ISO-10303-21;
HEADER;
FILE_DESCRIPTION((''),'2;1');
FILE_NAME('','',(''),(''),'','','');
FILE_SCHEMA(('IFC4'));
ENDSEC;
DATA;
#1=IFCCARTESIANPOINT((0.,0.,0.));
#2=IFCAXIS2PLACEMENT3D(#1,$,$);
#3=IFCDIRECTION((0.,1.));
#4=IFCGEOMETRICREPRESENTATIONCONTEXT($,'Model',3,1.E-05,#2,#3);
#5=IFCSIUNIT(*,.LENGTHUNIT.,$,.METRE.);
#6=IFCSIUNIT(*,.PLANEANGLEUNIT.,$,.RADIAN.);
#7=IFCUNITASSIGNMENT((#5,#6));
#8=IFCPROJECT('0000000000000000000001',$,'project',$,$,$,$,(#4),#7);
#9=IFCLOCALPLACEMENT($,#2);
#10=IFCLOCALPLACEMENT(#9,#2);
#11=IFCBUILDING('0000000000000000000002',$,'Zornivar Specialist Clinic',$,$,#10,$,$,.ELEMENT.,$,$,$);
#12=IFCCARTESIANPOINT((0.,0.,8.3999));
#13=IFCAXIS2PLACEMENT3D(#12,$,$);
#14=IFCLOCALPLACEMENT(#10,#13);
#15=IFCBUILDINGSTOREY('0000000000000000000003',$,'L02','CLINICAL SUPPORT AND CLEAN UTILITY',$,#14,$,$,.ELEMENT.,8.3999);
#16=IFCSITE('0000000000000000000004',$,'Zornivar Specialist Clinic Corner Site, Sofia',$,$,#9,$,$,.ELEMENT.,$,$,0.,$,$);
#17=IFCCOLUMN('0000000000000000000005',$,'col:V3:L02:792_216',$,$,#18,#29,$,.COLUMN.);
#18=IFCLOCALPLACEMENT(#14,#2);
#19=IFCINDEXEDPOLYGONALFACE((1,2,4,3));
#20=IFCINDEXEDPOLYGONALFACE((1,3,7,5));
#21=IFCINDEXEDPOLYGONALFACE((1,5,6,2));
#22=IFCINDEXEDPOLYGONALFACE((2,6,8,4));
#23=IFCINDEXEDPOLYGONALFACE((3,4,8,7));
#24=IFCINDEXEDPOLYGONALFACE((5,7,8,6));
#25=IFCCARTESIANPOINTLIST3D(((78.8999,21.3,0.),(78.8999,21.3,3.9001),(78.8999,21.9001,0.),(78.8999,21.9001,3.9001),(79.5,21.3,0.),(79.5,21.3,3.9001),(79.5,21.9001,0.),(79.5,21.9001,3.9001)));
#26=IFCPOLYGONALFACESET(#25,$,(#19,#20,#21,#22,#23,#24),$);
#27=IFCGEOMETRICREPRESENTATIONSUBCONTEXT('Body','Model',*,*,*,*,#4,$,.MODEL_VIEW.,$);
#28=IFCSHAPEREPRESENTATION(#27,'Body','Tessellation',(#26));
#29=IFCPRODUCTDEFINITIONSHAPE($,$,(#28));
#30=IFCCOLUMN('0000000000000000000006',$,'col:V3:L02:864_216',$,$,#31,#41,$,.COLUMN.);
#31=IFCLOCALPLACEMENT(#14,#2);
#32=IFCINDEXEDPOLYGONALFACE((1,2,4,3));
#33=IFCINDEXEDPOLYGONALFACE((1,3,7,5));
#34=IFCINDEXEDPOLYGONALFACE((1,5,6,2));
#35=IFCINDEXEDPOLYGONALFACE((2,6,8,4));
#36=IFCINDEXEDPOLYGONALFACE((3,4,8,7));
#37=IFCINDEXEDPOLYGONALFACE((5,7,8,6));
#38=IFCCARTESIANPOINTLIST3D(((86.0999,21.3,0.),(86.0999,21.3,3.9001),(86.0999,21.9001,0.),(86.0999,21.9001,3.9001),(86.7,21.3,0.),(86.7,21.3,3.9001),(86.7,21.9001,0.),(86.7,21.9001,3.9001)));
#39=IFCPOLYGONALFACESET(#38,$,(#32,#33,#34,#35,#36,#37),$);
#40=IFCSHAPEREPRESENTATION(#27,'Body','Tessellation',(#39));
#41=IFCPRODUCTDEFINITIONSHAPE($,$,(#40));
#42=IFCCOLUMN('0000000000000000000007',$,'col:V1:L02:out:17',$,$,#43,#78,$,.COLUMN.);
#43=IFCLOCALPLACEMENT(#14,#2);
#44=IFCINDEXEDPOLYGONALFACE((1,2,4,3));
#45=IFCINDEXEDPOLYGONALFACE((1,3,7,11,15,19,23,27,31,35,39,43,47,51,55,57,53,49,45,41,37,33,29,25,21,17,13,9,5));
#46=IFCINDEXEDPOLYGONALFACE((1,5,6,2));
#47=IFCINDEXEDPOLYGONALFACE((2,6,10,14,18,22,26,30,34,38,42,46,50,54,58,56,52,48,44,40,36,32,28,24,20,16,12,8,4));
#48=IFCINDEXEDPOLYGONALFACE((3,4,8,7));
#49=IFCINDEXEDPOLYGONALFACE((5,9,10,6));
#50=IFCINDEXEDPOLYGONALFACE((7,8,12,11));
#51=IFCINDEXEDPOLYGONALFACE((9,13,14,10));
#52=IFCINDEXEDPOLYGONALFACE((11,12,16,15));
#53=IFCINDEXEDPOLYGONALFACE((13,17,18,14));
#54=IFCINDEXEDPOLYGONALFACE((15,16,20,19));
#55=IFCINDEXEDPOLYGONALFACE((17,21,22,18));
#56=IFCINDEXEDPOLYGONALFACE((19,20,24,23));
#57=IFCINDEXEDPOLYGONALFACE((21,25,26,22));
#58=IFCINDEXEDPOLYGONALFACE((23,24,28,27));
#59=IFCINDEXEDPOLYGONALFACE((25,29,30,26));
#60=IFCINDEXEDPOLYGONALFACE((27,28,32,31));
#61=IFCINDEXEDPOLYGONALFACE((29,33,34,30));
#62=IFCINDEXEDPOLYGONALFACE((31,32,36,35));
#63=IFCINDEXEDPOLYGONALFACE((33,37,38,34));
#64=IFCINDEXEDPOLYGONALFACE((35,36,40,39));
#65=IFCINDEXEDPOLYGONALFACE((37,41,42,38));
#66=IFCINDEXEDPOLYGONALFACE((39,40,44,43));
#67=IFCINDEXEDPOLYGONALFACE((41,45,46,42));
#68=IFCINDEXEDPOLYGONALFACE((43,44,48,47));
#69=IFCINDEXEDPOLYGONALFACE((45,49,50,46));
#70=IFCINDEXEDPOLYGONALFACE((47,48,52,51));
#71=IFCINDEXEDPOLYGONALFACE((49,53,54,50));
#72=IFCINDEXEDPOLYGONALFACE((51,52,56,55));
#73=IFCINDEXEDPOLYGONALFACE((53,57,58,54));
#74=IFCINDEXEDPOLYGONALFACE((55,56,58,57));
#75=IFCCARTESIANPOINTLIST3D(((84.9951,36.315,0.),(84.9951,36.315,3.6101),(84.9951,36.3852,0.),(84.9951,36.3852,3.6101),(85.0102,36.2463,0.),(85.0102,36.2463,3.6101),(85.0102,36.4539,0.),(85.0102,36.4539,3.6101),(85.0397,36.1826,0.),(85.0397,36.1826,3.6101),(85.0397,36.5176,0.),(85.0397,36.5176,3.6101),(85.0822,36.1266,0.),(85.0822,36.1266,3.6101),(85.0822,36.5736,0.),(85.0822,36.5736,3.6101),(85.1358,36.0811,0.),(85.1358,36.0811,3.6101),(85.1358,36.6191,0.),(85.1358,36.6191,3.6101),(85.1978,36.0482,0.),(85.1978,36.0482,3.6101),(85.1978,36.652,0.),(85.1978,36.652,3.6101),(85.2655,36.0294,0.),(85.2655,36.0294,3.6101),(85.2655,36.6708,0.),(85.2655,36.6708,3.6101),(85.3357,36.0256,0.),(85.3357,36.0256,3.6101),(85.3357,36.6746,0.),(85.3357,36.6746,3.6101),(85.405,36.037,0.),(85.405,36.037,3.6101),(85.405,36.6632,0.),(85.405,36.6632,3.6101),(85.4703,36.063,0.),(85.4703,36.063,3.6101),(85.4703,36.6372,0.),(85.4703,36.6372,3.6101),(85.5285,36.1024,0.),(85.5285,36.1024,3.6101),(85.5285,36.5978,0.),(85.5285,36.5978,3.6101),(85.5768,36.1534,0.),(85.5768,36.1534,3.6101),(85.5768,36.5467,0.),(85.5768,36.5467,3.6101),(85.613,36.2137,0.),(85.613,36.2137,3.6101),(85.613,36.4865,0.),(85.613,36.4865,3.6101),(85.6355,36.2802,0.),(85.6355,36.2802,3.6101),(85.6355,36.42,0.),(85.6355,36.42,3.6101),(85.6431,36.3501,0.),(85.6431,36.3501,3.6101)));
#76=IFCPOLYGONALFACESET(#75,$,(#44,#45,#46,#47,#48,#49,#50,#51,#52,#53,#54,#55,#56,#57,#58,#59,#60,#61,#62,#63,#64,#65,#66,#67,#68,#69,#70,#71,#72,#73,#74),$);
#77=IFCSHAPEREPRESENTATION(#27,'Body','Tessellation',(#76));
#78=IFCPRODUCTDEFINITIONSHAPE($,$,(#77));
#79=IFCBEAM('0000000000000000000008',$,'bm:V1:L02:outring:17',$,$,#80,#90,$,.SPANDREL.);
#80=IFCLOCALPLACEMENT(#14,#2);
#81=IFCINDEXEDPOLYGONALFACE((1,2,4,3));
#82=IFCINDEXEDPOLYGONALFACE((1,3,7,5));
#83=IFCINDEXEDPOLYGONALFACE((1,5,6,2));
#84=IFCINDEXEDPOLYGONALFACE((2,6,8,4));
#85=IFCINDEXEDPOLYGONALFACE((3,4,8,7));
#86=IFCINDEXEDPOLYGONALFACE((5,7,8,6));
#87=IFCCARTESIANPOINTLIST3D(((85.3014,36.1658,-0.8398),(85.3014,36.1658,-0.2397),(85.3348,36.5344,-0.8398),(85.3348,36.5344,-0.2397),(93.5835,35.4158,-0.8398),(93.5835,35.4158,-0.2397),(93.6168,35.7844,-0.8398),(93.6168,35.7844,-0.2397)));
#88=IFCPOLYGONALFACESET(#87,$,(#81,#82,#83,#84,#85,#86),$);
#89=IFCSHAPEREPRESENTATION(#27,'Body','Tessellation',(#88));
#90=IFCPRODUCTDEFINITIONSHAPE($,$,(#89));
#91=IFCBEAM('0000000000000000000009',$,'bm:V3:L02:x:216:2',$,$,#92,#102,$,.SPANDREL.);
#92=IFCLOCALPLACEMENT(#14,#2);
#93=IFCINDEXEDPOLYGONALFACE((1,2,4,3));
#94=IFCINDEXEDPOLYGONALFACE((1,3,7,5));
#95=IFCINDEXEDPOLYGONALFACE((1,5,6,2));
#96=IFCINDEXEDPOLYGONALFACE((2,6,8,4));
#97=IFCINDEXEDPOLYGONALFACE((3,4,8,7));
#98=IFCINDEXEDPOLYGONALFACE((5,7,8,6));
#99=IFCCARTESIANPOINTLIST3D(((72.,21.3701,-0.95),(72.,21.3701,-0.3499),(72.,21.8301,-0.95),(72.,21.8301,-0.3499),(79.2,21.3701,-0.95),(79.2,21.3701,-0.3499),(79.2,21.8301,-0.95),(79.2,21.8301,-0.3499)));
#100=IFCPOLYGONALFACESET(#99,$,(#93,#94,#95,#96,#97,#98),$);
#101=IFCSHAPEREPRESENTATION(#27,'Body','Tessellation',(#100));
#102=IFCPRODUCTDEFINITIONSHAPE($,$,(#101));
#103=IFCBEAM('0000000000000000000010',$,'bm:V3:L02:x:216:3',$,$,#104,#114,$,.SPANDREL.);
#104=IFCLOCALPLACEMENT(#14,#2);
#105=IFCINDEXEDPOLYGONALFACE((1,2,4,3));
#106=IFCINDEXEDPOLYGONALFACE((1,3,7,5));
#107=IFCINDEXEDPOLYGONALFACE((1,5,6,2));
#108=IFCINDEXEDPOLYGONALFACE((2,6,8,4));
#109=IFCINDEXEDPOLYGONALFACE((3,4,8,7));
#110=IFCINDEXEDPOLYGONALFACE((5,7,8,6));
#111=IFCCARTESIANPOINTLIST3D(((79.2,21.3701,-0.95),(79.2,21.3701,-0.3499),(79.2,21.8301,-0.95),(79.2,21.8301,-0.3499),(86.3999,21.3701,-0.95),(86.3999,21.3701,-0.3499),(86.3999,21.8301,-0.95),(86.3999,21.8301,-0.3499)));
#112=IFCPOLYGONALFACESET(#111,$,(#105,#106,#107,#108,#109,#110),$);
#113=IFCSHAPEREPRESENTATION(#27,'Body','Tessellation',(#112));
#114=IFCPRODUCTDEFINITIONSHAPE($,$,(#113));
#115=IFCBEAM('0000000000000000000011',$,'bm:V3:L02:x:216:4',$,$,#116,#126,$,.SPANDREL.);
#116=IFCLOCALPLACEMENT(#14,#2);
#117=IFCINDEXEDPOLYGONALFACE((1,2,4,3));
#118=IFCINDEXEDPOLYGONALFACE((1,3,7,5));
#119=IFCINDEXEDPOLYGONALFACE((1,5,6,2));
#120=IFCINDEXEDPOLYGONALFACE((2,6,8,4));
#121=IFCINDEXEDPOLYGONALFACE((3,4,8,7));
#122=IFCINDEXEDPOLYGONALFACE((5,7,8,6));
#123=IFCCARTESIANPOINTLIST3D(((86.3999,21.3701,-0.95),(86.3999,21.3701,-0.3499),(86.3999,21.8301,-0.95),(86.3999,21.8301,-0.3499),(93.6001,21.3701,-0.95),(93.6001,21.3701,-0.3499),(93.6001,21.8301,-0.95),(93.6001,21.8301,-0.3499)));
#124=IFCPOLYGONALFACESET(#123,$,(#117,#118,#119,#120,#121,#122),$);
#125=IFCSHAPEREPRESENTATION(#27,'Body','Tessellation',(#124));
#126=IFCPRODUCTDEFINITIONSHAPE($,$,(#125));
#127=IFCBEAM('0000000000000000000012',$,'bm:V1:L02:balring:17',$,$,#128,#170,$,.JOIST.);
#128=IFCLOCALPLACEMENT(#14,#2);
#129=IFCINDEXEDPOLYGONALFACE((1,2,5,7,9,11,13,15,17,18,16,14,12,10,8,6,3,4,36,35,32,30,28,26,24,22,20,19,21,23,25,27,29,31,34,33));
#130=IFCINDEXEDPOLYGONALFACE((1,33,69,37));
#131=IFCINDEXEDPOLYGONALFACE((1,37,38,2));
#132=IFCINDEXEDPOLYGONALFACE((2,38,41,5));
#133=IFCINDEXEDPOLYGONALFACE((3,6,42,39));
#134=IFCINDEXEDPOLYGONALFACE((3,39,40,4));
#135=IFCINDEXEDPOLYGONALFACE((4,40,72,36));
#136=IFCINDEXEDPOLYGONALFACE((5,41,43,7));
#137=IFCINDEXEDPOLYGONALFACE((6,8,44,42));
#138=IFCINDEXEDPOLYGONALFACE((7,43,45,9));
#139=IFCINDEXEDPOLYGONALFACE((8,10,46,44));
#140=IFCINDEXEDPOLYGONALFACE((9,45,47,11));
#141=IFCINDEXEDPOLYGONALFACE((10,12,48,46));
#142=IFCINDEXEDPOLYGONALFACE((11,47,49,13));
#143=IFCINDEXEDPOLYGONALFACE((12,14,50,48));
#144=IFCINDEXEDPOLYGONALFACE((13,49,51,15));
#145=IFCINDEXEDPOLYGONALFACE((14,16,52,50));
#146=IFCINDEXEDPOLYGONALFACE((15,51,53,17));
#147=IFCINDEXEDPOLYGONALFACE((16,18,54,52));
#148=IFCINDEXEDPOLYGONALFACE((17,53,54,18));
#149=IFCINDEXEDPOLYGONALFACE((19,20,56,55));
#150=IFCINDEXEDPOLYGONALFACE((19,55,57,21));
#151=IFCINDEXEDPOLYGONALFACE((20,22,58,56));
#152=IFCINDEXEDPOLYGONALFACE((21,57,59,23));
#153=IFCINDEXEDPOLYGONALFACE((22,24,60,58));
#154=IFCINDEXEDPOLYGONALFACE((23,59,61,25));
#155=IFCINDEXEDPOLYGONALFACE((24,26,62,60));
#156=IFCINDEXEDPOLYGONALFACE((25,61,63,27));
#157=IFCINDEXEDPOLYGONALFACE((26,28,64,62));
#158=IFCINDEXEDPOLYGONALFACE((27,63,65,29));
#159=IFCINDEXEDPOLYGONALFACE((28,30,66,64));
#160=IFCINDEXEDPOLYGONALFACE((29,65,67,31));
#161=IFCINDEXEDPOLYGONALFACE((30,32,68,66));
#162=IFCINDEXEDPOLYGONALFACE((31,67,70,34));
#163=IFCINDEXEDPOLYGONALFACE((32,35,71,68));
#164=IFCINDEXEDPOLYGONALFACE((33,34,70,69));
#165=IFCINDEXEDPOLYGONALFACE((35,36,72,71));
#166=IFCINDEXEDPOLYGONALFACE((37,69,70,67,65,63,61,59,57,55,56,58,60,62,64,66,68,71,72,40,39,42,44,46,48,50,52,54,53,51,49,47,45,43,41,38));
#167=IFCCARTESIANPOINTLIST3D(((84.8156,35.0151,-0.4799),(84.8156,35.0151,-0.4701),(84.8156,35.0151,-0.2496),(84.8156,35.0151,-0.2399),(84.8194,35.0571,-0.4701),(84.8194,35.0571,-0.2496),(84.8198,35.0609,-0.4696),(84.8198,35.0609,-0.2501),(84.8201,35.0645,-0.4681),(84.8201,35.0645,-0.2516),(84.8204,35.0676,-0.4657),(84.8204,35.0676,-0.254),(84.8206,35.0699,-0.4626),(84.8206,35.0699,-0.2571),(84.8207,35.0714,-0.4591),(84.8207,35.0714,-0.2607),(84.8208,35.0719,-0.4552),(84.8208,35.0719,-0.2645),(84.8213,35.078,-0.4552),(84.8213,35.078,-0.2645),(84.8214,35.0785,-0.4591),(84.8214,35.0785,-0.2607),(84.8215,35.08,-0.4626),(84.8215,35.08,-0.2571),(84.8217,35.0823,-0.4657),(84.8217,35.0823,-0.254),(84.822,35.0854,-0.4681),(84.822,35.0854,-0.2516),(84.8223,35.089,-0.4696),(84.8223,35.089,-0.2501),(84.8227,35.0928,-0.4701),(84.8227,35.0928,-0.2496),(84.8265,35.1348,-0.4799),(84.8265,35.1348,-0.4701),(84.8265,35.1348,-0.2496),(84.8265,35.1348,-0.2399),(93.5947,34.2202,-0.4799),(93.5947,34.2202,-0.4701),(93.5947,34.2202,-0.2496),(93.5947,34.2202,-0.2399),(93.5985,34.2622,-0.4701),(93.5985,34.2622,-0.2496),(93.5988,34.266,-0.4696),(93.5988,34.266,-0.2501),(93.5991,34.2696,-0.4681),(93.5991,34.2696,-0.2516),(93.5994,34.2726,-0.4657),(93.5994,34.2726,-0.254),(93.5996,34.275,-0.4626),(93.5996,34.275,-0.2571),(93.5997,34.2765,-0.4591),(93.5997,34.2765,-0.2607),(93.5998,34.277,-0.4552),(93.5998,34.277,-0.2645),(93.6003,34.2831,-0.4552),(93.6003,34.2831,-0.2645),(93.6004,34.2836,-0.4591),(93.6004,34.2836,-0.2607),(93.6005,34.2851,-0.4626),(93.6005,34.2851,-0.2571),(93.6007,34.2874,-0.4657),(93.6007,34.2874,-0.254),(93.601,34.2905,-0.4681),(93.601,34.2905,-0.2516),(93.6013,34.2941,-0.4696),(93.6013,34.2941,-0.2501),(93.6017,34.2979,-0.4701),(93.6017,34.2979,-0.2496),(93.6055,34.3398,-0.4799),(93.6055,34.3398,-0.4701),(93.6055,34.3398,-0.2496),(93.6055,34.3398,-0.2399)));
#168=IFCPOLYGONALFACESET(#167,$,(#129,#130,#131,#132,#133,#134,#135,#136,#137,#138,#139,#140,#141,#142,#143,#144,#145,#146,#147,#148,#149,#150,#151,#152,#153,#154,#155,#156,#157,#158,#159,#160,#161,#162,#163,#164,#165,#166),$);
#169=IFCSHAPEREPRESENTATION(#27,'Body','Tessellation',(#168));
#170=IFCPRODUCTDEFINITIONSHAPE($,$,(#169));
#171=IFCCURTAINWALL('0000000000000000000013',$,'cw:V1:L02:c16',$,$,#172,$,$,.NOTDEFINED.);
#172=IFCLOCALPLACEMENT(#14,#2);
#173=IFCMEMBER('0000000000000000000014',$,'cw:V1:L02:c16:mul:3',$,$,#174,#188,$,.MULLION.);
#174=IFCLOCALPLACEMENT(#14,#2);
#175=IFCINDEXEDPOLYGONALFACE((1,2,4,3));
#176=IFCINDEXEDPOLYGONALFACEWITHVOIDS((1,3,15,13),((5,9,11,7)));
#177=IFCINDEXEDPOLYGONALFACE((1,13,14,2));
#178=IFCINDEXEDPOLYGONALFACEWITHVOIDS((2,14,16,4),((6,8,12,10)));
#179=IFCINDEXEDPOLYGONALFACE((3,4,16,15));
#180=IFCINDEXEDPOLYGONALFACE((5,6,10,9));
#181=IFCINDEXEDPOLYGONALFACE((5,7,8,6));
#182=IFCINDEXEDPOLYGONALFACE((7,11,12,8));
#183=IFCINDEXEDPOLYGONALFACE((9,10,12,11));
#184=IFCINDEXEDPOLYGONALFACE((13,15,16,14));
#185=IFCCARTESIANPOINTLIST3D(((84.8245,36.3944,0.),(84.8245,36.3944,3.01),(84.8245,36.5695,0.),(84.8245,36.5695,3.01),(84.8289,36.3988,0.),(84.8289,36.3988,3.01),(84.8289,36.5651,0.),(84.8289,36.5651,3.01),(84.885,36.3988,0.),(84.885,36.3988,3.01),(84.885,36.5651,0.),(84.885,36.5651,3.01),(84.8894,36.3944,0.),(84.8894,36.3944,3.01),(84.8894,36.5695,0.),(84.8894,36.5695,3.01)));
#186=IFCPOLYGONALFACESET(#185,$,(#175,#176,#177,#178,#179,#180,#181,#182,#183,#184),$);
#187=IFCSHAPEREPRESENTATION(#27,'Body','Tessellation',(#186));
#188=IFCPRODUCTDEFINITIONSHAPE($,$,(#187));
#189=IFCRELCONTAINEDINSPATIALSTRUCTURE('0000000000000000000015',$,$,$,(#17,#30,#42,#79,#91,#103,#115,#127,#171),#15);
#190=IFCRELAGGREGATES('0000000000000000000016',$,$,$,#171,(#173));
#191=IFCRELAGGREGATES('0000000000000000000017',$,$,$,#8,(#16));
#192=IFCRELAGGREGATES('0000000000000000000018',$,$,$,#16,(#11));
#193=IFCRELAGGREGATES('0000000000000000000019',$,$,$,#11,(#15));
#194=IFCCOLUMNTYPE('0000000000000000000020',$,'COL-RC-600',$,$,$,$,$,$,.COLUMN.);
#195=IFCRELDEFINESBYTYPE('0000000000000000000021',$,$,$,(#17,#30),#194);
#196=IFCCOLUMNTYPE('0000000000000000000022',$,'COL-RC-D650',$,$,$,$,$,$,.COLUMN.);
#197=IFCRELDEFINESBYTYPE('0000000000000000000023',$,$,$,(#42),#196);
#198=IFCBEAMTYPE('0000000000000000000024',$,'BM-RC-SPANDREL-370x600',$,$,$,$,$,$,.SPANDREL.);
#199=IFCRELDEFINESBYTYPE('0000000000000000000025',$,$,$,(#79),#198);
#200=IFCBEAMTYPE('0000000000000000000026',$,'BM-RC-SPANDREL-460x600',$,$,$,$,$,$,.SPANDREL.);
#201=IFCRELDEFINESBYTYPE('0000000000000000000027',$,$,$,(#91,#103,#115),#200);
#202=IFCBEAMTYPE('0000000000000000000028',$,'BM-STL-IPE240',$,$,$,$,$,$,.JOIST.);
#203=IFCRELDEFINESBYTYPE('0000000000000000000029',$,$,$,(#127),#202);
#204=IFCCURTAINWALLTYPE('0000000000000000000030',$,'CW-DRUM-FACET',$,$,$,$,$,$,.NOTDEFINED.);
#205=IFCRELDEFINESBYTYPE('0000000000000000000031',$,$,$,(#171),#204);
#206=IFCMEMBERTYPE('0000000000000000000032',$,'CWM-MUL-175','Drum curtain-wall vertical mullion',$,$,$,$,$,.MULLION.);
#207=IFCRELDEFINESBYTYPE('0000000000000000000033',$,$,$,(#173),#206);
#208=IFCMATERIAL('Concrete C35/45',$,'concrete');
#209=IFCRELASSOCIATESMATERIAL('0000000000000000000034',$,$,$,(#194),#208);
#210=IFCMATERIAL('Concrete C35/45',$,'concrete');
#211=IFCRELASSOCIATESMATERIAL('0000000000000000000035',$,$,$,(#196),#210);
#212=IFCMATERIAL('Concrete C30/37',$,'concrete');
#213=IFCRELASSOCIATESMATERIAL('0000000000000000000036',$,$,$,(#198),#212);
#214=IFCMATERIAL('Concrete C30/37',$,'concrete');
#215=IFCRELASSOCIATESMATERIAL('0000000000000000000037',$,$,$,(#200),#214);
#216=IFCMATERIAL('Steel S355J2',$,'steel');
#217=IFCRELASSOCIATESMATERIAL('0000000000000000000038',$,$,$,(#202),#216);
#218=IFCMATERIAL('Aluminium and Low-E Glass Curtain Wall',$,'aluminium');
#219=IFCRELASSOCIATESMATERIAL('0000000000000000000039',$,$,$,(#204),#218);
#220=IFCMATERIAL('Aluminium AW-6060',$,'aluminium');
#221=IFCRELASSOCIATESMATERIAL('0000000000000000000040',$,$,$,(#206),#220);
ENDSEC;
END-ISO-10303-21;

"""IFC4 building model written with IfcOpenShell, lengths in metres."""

from ifc_helpers import new_model, si_unit, direction, frame, origin, origin_2d, place, context, subcontext, project, spatial, rectangle, hollow_rectangle, circle, i_section, extrude, material, material_profile, profile_set, type_object, element, aggregate, save


model = new_model("IFC4")

# Units and contexts
model_context = context("Model", 3, precision=1e-05, world=origin(), true_north=direction((0.0, 1.0)))
body_context = subcontext(model_context, "Body", "Model", "MODEL_VIEW")
ifc_project = project(units=[si_unit("LENGTHUNIT", "METRE"), si_unit("PLANEANGLEUNIT", "RADIAN")], contexts=[model_context])

# Site, building, storey
site_placement = place(None, origin())
site = spatial("IfcSite", under=ifc_project, at=site_placement, Name="Zornivar Specialist Clinic Corner Site, Sofia", CompositionType="ELEMENT", RefElevation=0.0)
building_placement = place(site_placement, origin())
building = spatial("IfcBuilding", under=site, at=building_placement, Name="Zornivar Specialist Clinic", CompositionType="ELEMENT")
storey_placement = place(building_placement, frame((0.0, 0.0, 8.3999)))
storey = spatial("IfcBuildingStorey", under=building, at=storey_placement, Name="L02", Description="CLINICAL SUPPORT AND CLEAN UTILITY", CompositionType="ELEMENT", Elevation=8.3999)

# Columns
ifc_material_1 = material(Name="Concrete C35/45", Category="concrete")
ifc_material_profile_1 = material_profile(ifc_material_1, rectangle(XDim=0.6001, YDim=0.6001, at=origin_2d()), Name="RC 600x600")
ifc_profile_set_1 = profile_set([ifc_material_profile_1], Name="Concrete C35/45")
column_type_1 = type_object("IfcColumnType", Name="COL-RC-600", PredefinedType="COLUMN", material=ifc_profile_set_1)
for number, where, z_axis, x_axis, name in (
    (1, (79.2, 21.6001, 0.0), (0.0, 0.0, 1.0), (1.0, 0.0, 0.0), "col:V3:L02:792_216"),
    (2, (86.3999, 21.6001, 0.0), (0.0, 0.0, 1.0), (1.0, 0.0, 0.0), "col:V3:L02:864_216"),
):
    element("IfcColumn", number, at=place(storey_placement, frame(where, z_axis=z_axis, x_axis=x_axis)), inside=storey, type_object=column_type_1, Name=name, PredefinedType="COLUMN", context=body_context, shape_type="SweptSolid", body=[
        extrude(rectangle(XDim=0.6001, YDim=0.6001, at=origin_2d()), origin(), (0.0, 0.0, 1.0), 3.9001),
    ])
ifc_material_2 = material(Name="Concrete C35/45", Category="concrete")
ifc_material_profile_2 = material_profile(ifc_material_2, circle(Radius=0.325, at=origin_2d()), Name="RC D650")
ifc_profile_set_2 = profile_set([ifc_material_profile_2], Name="Concrete C35/45")
column_type_2 = type_object("IfcColumnType", Name="COL-RC-D650", PredefinedType="COLUMN", material=ifc_profile_set_2)
column_placement = place(storey_placement, frame((85.3181, 36.3501, 0.0), z_axis=(0.0, 0.0, 1.0), x_axis=(1.0, 0.0, 0.0)))
element("IfcColumn", 3, at=column_placement, inside=storey, type_object=column_type_2, Name="col:V1:L02:out:17", PredefinedType="COLUMN", context=body_context, shape_type="SweptSolid", body=[
    extrude(circle(Radius=0.325, at=origin_2d()), origin(), (0.0, 0.0, 1.0), 3.6101),
])

# Beams
ifc_material_3 = material(Name="Concrete C30/37", Category="concrete")
ifc_material_profile_3 = material_profile(ifc_material_3, rectangle(XDim=0.3701, YDim=0.6001, at=origin_2d()), Name="RC 370x600")
ifc_profile_set_3 = profile_set([ifc_material_profile_3], Name="Concrete C30/37")
beam_type_1 = type_object("IfcBeamType", Name="BM-RC-SPANDREL-370x600", PredefinedType="SPANDREL", material=ifc_profile_set_3)
beam_1_placement = place(storey_placement, frame((85.3181, 36.3501, -0.5398), z_axis=(0.995925, -0.090189, 0.0), x_axis=(0.090189, 0.995925, 0.0)))
element("IfcBeam", 4, at=beam_1_placement, inside=storey, type_object=beam_type_1, Name="bm:V1:L02:outring:17", PredefinedType="SPANDREL", context=body_context, shape_type="SweptSolid", body=[
    extrude(rectangle(XDim=0.3701, YDim=0.6001, at=origin_2d()), origin(), (0.0, 0.0, 1.0), 8.3159),
])
ifc_material_4 = material(Name="Concrete C30/37", Category="concrete")
ifc_material_profile_4 = material_profile(ifc_material_4, rectangle(XDim=0.46, YDim=0.6001, at=origin_2d()), Name="RC 460x600")
ifc_profile_set_4 = profile_set([ifc_material_profile_4], Name="Concrete C30/37")
beam_type_2 = type_object("IfcBeamType", Name="BM-RC-SPANDREL-460x600", PredefinedType="SPANDREL", material=ifc_profile_set_4)
for number, where, z_axis, x_axis, name in (
    (5, (72.0, 21.6001, -0.6499), (1.0, 0.0, 0.0), (0.0, 1.0, 0.0), "bm:V3:L02:x:216:2"),
    (6, (79.2, 21.6001, -0.6499), (1.0, 0.0, 0.0), (0.0, 1.0, 0.0), "bm:V3:L02:x:216:3"),
):
    element("IfcBeam", number, at=place(storey_placement, frame(where, z_axis=z_axis, x_axis=x_axis)), inside=storey, type_object=beam_type_2, Name=name, PredefinedType="SPANDREL", context=body_context, shape_type="SweptSolid", body=[
        extrude(rectangle(XDim=0.46, YDim=0.6001, at=origin_2d()), origin(), (0.0, 0.0, 1.0), 7.2),
    ])
beam_2_placement = place(storey_placement, frame((86.3999, 21.6001, -0.6499), z_axis=(1.0, 0.0, 0.0), x_axis=(0.0, 1.0, 0.0)))
element("IfcBeam", 7, at=beam_2_placement, inside=storey, type_object=beam_type_2, Name="bm:V3:L02:x:216:4", PredefinedType="SPANDREL", context=body_context, shape_type="SweptSolid", body=[
    extrude(rectangle(XDim=0.46, YDim=0.6001, at=origin_2d()), origin(), (0.0, 0.0, 1.0), 7.2002),
])
ifc_material_5 = material(Name="Steel S355J2", Category="steel")
ifc_material_profile_5 = material_profile(ifc_material_5, i_section(OverallWidth=0.1201, OverallDepth=0.24, WebThickness=0.0061, FlangeThickness=0.0098, FilletRadius=0.0149, at=origin_2d()), Name="IPE 240")
ifc_profile_set_5 = profile_set([ifc_material_profile_5], Name="Steel S355J2")
beam_type_3 = type_object("IfcBeamType", Name="BM-STL-IPE240", PredefinedType="JOIST", material=ifc_profile_set_5)
beam_3_placement = place(storey_placement, frame((84.821, 35.075, -0.3599), z_axis=(0.995926, -0.090179, 0.0), x_axis=(0.090179, 0.995926, 0.0)))
element("IfcBeam", 8, at=beam_3_placement, inside=storey, type_object=beam_type_3, Name="bm:V1:L02:balring:17", PredefinedType="JOIST", context=body_context, shape_type="SweptSolid", body=[
    extrude(i_section(OverallWidth=0.1201, OverallDepth=0.24, WebThickness=0.0061, FlangeThickness=0.0098, FilletRadius=0.0149, at=origin_2d()), origin(), (0.0, 0.0, 1.0), 8.8149),
])

# Curtain wall, member
ifc_material_6 = material(Name="Aluminium and Low-E Glass Curtain Wall", Category="aluminium")
curtain_wall_type = type_object("IfcCurtainWallType", Name="CW-DRUM-FACET", PredefinedType="NOTDEFINED", material=ifc_material_6)
curtain_wall_1_placement = place(storey_placement, origin())
curtain_wall_1 = element("IfcCurtainWall", 9, at=curtain_wall_1_placement, inside=storey, type_object=curtain_wall_type, Name="cw:V1:L02:c16", PredefinedType="NOTDEFINED")
ifc_material_7 = material(Name="Aluminium AW-6060", Category="aluminium")
ifc_material_profile_6 = material_profile(ifc_material_7, hollow_rectangle(XDim=0.0649, YDim=0.175, WallThickness=0.0044, at=origin_2d()), Name="ALU 65x175x4.5")
ifc_profile_set_6 = profile_set([ifc_material_profile_6], Name="Aluminium AW-6060")
member_type_1 = type_object("IfcMemberType", Name="CWM-MUL-175", Description="Drum curtain-wall vertical mullion", PredefinedType="MULLION", material=ifc_profile_set_6)
member_1_placement = place(storey_placement, frame((84.8569, 36.4819, 0.0), z_axis=(0.0, 0.0, 1.0), x_axis=(1.0, 0.0, 0.0)))
member_1 = element("IfcMember", 10, at=member_1_placement, type_object=member_type_1, Name="cw:V1:L02:c16:mul:3", PredefinedType="MULLION", context=body_context, shape_type="SweptSolid", body=[
    extrude(hollow_rectangle(XDim=0.0649, YDim=0.175, WallThickness=0.0044, at=origin_2d()), origin(), (0.0, 0.0, 1.0), 3.01),
])

aggregate(curtain_wall_1, [member_1])

save(model, "model.ifc")
